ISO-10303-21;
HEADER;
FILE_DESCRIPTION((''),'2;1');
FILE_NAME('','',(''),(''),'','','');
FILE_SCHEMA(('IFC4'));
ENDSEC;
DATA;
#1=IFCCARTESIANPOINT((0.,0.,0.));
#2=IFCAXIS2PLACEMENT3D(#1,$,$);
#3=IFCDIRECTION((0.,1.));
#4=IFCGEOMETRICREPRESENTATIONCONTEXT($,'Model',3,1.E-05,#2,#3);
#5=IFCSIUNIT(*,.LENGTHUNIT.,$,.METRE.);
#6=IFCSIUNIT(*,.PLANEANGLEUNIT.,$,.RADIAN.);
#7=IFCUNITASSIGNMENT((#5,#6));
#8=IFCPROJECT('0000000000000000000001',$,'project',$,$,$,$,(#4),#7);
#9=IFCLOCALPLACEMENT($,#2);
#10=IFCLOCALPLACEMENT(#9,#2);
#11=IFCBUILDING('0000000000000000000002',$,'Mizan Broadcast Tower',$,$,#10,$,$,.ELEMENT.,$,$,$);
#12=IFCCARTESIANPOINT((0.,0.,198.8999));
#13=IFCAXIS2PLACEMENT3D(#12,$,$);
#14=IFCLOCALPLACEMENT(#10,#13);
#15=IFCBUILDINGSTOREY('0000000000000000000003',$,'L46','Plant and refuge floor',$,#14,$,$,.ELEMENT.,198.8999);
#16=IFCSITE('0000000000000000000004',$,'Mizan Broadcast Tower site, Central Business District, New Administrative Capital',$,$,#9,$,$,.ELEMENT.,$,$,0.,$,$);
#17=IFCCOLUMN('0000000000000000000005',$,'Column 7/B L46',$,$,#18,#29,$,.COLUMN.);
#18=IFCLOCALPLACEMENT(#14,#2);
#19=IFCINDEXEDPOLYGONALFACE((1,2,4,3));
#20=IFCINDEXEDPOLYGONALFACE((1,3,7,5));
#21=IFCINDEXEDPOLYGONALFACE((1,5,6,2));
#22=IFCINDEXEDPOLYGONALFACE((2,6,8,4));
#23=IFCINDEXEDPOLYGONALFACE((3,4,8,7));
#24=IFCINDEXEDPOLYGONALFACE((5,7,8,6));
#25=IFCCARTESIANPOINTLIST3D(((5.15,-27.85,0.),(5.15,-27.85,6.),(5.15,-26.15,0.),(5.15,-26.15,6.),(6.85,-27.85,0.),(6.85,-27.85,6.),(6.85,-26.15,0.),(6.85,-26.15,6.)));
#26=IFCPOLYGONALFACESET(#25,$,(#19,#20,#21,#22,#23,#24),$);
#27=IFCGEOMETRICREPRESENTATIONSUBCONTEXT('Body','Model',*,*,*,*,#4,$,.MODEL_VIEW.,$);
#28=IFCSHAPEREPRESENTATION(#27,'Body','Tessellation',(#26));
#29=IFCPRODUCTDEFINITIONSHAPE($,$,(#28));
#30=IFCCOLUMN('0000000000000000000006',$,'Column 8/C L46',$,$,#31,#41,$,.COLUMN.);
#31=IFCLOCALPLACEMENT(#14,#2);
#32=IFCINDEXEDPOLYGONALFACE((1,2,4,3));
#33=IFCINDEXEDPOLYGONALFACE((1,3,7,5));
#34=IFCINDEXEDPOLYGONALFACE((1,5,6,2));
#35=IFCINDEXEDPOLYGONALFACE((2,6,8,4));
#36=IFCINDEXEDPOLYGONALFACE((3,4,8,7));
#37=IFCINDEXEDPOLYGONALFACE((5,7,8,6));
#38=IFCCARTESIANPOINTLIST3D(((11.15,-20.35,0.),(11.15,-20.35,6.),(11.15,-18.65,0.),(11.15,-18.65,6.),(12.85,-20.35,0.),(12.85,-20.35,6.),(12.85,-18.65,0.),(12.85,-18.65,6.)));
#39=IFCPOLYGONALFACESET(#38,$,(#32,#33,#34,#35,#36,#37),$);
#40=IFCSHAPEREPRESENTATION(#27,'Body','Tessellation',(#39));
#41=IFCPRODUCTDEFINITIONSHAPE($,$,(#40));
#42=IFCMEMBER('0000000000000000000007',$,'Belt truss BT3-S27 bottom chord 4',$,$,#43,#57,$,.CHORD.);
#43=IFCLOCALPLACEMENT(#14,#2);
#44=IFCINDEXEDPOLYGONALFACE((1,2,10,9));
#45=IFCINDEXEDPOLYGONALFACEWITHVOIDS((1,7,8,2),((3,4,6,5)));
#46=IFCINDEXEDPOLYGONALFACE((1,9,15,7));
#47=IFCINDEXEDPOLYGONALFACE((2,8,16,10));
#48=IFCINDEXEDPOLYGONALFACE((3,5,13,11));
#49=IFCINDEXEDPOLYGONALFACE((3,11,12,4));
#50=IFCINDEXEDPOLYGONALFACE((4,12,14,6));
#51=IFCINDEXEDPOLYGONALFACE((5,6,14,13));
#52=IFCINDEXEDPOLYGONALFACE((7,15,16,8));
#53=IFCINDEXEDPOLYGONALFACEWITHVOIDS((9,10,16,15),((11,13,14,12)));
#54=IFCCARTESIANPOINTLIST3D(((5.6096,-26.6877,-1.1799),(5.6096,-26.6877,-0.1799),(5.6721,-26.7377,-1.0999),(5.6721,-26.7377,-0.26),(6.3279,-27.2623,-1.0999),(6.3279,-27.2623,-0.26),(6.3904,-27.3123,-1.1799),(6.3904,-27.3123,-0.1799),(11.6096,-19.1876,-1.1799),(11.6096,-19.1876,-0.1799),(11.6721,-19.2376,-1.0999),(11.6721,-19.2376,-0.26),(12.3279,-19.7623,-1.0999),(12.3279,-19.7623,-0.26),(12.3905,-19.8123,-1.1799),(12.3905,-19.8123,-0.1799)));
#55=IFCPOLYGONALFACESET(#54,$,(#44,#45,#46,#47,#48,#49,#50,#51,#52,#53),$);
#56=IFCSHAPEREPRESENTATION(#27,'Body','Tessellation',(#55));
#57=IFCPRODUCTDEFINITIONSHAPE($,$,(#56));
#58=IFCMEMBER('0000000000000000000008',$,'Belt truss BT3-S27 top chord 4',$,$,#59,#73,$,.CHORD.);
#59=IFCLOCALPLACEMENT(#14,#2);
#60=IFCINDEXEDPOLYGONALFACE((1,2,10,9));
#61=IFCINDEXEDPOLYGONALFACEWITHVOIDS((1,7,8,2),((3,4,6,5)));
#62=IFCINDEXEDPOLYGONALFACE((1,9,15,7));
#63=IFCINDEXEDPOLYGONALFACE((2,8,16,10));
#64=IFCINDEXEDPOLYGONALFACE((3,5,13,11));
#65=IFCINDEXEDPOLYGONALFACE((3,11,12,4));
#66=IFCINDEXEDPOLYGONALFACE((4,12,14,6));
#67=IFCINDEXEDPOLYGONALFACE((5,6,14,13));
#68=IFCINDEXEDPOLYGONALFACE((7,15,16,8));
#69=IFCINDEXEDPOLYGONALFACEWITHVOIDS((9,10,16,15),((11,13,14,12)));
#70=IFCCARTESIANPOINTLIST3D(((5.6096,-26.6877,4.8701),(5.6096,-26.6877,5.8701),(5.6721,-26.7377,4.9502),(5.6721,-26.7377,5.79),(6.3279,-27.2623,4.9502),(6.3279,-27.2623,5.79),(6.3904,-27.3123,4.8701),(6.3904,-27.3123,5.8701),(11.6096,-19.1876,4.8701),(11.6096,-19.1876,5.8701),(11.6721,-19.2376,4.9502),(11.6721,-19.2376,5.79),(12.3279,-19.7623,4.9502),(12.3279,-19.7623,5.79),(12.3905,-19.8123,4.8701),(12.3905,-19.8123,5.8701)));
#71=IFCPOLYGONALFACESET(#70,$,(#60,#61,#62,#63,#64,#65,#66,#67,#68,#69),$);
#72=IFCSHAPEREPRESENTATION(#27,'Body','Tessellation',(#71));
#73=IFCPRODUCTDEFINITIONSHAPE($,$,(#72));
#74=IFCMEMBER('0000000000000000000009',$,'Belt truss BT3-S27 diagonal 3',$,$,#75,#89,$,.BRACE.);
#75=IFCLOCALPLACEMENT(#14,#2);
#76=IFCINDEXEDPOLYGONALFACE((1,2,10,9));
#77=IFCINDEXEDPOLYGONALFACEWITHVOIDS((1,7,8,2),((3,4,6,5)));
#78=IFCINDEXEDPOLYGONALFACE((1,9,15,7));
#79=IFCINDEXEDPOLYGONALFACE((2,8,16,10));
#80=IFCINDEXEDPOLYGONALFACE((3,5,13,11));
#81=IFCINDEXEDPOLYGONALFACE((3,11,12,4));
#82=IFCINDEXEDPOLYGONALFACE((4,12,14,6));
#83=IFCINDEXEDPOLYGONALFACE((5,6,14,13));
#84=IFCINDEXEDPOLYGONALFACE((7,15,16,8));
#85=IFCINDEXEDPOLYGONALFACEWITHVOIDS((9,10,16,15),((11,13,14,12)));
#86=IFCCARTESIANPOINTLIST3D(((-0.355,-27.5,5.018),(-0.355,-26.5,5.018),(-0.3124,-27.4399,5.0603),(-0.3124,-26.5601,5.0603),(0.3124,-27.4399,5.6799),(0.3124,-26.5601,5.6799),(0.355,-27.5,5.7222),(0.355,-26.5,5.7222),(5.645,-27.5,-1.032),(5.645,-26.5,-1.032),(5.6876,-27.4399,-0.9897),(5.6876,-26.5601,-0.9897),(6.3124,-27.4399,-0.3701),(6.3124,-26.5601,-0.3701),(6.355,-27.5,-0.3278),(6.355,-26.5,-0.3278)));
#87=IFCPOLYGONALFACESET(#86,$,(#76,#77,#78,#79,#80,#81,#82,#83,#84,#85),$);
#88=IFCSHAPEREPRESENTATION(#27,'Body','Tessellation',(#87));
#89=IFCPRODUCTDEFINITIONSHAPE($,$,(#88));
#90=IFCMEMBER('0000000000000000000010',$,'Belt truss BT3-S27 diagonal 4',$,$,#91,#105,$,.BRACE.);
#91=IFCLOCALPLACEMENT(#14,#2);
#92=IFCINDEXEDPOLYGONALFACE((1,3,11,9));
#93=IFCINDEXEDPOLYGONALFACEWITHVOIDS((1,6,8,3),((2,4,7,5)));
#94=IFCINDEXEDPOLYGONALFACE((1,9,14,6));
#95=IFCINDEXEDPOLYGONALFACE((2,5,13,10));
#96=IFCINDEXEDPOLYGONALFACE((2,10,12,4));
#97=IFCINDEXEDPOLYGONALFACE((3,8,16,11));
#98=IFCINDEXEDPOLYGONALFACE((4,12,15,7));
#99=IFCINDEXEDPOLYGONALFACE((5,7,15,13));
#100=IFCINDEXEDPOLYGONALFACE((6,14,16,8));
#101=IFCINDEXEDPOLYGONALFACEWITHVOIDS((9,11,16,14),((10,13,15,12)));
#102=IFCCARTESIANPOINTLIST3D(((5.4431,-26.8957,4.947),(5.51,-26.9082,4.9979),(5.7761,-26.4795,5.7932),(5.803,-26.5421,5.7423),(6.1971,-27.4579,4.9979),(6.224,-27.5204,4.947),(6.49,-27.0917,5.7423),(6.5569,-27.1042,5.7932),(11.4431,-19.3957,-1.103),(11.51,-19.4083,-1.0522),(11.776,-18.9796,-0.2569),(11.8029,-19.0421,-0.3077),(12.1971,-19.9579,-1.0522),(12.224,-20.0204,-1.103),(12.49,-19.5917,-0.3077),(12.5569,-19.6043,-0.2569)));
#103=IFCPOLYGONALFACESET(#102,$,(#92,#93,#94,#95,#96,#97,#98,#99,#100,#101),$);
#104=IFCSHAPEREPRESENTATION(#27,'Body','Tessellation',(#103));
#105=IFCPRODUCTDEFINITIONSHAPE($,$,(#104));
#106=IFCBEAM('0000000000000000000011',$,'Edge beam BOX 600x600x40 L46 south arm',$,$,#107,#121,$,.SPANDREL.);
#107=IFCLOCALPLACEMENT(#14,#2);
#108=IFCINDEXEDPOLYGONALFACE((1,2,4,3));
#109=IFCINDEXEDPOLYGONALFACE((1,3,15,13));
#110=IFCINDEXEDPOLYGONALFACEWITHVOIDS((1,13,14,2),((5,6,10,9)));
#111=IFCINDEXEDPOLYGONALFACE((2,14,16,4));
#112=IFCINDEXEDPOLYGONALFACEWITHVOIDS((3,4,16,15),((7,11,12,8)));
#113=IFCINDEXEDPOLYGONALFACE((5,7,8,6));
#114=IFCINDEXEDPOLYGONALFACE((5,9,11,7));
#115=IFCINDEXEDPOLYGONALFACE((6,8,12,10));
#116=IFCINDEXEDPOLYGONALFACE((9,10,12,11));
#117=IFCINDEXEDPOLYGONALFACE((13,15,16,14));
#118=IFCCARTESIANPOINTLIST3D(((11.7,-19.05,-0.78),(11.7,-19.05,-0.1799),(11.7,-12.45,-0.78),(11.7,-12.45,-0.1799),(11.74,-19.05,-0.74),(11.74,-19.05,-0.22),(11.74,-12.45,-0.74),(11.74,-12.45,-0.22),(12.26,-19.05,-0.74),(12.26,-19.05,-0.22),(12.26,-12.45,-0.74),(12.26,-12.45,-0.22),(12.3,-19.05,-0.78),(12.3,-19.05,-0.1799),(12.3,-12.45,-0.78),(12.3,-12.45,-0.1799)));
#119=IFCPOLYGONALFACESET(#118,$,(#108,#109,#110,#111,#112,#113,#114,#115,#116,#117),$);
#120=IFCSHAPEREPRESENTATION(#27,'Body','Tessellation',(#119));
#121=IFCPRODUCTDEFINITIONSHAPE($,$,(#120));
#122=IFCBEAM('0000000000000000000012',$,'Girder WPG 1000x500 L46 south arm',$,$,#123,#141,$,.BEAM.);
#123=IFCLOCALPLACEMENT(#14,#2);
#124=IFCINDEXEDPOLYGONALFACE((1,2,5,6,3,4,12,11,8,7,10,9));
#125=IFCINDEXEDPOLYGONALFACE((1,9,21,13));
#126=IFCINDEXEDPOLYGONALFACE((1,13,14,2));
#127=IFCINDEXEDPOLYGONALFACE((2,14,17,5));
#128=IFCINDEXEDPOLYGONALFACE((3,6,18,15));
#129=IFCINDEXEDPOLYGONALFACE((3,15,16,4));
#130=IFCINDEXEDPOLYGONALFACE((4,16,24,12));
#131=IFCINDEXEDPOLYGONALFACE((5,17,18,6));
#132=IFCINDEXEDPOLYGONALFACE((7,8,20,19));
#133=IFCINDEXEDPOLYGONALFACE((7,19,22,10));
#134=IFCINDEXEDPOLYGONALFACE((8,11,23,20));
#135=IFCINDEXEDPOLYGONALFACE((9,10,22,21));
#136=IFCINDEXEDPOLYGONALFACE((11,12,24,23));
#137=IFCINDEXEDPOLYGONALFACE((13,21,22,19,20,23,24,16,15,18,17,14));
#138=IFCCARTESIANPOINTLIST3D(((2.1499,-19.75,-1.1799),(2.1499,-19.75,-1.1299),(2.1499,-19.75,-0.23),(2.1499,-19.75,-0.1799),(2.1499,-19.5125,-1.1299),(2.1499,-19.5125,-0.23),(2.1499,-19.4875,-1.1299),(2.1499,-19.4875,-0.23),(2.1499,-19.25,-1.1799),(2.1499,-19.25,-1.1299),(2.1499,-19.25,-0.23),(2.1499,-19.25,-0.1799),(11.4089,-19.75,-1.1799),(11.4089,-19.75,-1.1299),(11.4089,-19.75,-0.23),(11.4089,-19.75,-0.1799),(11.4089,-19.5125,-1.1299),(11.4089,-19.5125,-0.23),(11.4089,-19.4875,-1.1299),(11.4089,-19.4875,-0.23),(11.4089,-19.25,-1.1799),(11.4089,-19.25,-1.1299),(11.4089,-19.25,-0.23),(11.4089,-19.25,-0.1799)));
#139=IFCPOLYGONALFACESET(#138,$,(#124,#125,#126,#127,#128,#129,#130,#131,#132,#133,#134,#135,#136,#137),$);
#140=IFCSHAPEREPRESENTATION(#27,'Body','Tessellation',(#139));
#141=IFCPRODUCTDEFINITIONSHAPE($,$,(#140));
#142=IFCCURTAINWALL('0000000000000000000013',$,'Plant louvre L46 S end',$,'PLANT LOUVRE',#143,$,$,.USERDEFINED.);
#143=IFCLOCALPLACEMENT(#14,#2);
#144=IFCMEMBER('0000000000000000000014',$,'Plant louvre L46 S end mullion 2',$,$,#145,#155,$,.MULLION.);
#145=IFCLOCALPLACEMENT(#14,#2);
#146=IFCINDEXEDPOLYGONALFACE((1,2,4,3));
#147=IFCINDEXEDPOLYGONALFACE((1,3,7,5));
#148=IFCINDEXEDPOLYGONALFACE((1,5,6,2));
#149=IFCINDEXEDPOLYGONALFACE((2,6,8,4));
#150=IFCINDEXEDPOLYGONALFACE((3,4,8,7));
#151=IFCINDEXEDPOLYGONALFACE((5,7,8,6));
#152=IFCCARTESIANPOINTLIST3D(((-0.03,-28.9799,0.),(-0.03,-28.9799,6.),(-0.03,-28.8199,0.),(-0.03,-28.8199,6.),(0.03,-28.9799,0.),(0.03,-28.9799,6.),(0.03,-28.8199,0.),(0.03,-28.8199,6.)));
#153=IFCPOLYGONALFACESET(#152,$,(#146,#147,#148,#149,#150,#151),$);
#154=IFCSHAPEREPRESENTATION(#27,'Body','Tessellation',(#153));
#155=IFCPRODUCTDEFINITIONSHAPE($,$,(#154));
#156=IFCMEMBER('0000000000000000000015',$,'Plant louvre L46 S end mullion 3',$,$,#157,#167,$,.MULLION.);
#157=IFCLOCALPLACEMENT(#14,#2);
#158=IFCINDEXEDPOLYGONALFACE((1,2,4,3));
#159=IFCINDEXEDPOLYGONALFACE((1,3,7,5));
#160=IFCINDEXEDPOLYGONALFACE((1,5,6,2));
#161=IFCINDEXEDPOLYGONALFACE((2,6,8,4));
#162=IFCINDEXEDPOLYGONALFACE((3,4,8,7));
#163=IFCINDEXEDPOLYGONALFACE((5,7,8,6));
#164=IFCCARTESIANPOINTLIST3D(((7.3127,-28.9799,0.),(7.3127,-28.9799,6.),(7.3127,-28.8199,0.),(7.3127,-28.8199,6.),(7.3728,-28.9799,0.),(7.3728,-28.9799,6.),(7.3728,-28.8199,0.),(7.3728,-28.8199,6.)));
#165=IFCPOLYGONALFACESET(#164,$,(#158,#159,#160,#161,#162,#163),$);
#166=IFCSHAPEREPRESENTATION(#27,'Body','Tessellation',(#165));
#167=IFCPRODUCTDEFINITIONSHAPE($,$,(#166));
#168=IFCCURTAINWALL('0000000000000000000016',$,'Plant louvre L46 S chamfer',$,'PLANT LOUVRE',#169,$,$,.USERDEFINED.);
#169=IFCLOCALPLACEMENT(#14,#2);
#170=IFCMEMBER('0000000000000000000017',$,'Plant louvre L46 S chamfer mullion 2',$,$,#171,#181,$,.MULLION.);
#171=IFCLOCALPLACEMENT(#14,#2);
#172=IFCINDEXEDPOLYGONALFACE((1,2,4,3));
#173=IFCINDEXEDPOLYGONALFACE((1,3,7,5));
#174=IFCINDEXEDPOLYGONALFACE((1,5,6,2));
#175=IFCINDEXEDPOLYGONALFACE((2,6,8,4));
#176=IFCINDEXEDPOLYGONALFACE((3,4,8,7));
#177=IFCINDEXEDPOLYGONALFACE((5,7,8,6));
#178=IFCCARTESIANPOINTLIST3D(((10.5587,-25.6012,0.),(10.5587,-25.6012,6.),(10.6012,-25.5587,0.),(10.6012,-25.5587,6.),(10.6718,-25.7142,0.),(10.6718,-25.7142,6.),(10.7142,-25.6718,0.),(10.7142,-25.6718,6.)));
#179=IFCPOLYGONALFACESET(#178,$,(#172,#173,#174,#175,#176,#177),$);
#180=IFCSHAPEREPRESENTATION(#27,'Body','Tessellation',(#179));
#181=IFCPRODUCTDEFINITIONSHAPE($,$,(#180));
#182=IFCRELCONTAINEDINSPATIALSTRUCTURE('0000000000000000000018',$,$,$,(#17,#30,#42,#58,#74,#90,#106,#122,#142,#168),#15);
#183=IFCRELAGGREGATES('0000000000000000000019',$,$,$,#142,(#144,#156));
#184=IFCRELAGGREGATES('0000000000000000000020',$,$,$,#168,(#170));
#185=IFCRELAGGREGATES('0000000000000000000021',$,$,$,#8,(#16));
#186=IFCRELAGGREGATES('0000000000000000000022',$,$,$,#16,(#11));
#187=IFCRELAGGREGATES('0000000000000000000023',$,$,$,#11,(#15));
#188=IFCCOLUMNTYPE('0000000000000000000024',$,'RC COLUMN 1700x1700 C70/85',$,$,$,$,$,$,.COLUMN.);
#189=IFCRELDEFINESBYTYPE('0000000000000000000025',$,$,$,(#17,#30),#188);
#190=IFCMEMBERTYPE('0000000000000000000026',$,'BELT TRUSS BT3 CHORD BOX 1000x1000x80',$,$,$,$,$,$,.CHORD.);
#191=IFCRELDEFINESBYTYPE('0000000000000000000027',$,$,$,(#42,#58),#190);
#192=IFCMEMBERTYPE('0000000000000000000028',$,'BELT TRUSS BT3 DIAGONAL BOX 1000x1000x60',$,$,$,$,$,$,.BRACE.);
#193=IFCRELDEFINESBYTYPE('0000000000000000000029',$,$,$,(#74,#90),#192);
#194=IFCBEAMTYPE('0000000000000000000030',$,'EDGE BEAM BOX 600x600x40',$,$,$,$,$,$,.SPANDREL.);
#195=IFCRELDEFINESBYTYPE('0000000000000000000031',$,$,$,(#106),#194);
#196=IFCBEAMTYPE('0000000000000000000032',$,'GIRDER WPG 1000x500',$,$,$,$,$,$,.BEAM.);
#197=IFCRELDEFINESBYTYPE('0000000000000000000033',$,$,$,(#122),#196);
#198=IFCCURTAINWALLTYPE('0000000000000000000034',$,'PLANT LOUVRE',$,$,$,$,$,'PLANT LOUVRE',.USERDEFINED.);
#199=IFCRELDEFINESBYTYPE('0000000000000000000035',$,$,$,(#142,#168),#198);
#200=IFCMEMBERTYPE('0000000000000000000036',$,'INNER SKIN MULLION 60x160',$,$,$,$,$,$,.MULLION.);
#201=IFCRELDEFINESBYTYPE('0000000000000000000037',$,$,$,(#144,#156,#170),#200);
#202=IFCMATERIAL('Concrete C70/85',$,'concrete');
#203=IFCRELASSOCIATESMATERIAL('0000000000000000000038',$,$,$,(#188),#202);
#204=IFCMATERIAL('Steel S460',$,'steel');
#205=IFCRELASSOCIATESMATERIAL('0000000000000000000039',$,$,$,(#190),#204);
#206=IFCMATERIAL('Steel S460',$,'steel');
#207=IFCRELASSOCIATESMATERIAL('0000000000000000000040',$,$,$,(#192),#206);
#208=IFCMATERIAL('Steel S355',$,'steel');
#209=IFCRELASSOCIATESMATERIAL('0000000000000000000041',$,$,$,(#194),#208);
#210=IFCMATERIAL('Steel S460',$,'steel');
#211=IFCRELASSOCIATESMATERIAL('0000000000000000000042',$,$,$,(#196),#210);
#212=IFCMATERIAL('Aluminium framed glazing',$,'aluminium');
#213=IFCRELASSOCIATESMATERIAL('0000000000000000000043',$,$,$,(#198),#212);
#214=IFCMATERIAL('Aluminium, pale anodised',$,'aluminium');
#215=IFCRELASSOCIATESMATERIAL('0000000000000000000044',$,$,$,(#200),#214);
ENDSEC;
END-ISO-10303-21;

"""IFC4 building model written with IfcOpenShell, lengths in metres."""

from ifc_helpers import new_model, si_unit, direction, frame, origin, origin_2d, place, context, subcontext, project, spatial, rectangle, hollow_rectangle, i_section, extrude, material, material_profile, profile_set, type_object, element, aggregate, save


model = new_model("IFC4")

# Units and contexts
model_context = context("Model", 3, precision=1e-05, world=origin(), true_north=direction((0.0, 1.0)))
body_context = subcontext(model_context, "Body", "Model", "MODEL_VIEW")
ifc_project = project(units=[si_unit("LENGTHUNIT", "METRE"), si_unit("PLANEANGLEUNIT", "RADIAN")], contexts=[model_context])

# Site, building, storey
site_placement = place(None, origin())
site = spatial("IfcSite", under=ifc_project, at=site_placement, Name="Mizan Broadcast Tower site, Central Business District, New Administrative Capital", CompositionType="ELEMENT", RefElevation=0.0)
building_placement = place(site_placement, origin())
building = spatial("IfcBuilding", under=site, at=building_placement, Name="Mizan Broadcast Tower", CompositionType="ELEMENT")
storey_placement = place(building_placement, frame((0.0, 0.0, 198.8999)))
storey = spatial("IfcBuildingStorey", under=building, at=storey_placement, Name="L46", Description="Plant and refuge floor", CompositionType="ELEMENT", Elevation=198.8999)

# Columns
ifc_material_1 = material(Name="Concrete C70/85", Category="concrete")
ifc_material_profile_1 = material_profile(ifc_material_1, rectangle(XDim=1.7, YDim=1.7, at=origin_2d()), Name="RC 1700x1700")
ifc_profile_set_1 = profile_set([ifc_material_profile_1], Name="Concrete C70/85")
column_type = type_object("IfcColumnType", Name="RC COLUMN 1700x1700 C70/85", PredefinedType="COLUMN", material=ifc_profile_set_1)
for number, where, z_axis, x_axis, name in (
    (1, (6.0, -27.0, 0.0), (0.0, 0.0, 1.0), (1.0, 0.0, 0.0), "Column 7/B L46"),
    (2, (12.0, -19.5, 0.0), (0.0, 0.0, 1.0), (1.0, 0.0, 0.0), "Column 8/C L46"),
):
    element("IfcColumn", number, at=place(storey_placement, frame(where, z_axis=z_axis, x_axis=x_axis)), inside=storey, type_object=column_type, Name=name, PredefinedType="COLUMN", context=body_context, shape_type="SweptSolid", body=[
        extrude(rectangle(XDim=1.7, YDim=1.7, at=origin_2d()), origin(), (0.0, 0.0, 1.0), 6.0),
    ])

# Members
ifc_material_2 = material(Name="Steel S460", Category="steel")
ifc_material_profile_2 = material_profile(ifc_material_2, hollow_rectangle(XDim=1.0, YDim=1.0, WallThickness=0.0801, at=origin_2d()), Name="BOX 1000x1000x80")
ifc_profile_set_2 = profile_set([ifc_material_profile_2], Name="Steel S460")
member_type_1 = type_object("IfcMemberType", Name="BELT TRUSS BT3 CHORD BOX 1000x1000x80", PredefinedType="CHORD", material=ifc_profile_set_2)
for number, where, z_axis, x_axis, name in (
    (3, (6.0, -27.0, -0.6799), (0.624695, 0.780869, 0.0), (-0.780869, 0.624695, 0.0), "Belt truss BT3-S27 bottom chord 4"),
    (4, (6.0, -27.0, 5.3701), (0.624695, 0.780869, 0.0), (-0.780869, 0.624695, 0.0), "Belt truss BT3-S27 top chord 4"),
):
    element("IfcMember", number, at=place(storey_placement, frame(where, z_axis=z_axis, x_axis=x_axis)), inside=storey, type_object=member_type_1, Name=name, PredefinedType="CHORD", context=body_context, shape_type="SweptSolid", body=[
        extrude(hollow_rectangle(XDim=1.0, YDim=1.0, WallThickness=0.0801, at=origin_2d()), origin(), (0.0, 0.0, 1.0), 9.6047),
    ])
ifc_material_3 = material(Name="Steel S460", Category="steel")
ifc_material_profile_3 = material_profile(ifc_material_3, hollow_rectangle(XDim=1.0, YDim=1.0, WallThickness=0.0601, at=origin_2d()), Name="BOX 1000x1000x60")
ifc_profile_set_3 = profile_set([ifc_material_profile_3], Name="Steel S460")
member_type_2 = type_object("IfcMemberType", Name="BELT TRUSS BT3 DIAGONAL BOX 1000x1000x60", PredefinedType="BRACE", material=ifc_profile_set_3)
member_1_placement = place(storey_placement, frame((6.0, -27.0, -0.6799), z_axis=(-0.704164, 0.0, 0.710038), x_axis=(0.0, -1.0, 0.0)))
element("IfcMember", 5, at=member_1_placement, inside=storey, type_object=member_type_2, Name="Belt truss BT3-S27 diagonal 3", PredefinedType="BRACE", context=body_context, shape_type="SweptSolid", body=[
    extrude(hollow_rectangle(XDim=1.0, YDim=1.0, WallThickness=0.0601, at=origin_2d()), origin(), (0.0, 0.0, 1.0), 8.5208),
])
member_2_placement = place(storey_placement, frame((12.0, -19.5, -0.6799), z_axis=(-0.528572, -0.660715, 0.532981), x_axis=(0.780869, -0.624695, 0.0)))
element("IfcMember", 6, at=member_2_placement, inside=storey, type_object=member_type_2, Name="Belt truss BT3-S27 diagonal 4", PredefinedType="BRACE", context=body_context, shape_type="SweptSolid", body=[
    extrude(hollow_rectangle(XDim=1.0, YDim=1.0, WallThickness=0.0601, at=origin_2d()), origin(), (0.0, 0.0, 1.0), 11.3513),
])

# Beams
ifc_material_4 = material(Name="Steel S355", Category="steel")
ifc_material_profile_4 = material_profile(ifc_material_4, hollow_rectangle(XDim=0.6001, YDim=0.6001, WallThickness=0.04, at=origin_2d()), Name="BOX 600x600x40")
ifc_profile_set_4 = profile_set([ifc_material_profile_4], Name="Steel S355")
beam_type_1 = type_object("IfcBeamType", Name="EDGE BEAM BOX 600x600x40", PredefinedType="SPANDREL", material=ifc_profile_set_4)
beam_1_placement = place(storey_placement, frame((12.0, -12.45, -0.48), z_axis=(0.0, -1.0, 0.0), x_axis=(1.0, 0.0, 0.0)))
element("IfcBeam", 7, at=beam_1_placement, inside=storey, type_object=beam_type_1, Name="Edge beam BOX 600x600x40 L46 south arm", PredefinedType="SPANDREL", context=body_context, shape_type="SweptSolid", body=[
    extrude(hollow_rectangle(XDim=0.6001, YDim=0.6001, WallThickness=0.04, at=origin_2d()), origin(), (0.0, 0.0, 1.0), 6.6001),
])
ifc_material_5 = material(Name="Steel S460", Category="steel")
ifc_material_profile_5 = material_profile(ifc_material_5, i_section(OverallWidth=0.5, OverallDepth=1.0, WebThickness=0.0249, FlangeThickness=0.05, at=origin_2d()), Name="WPG 1000x500")
ifc_profile_set_5 = profile_set([ifc_material_profile_5], Name="Steel S460")
beam_type_2 = type_object("IfcBeamType", Name="GIRDER WPG 1000x500", PredefinedType="BEAM", material=ifc_profile_set_5)
beam_2_placement = place(storey_placement, frame((11.4089, -19.5, -0.6799), z_axis=(-1.0, 0.0, 0.0), x_axis=(0.0, -1.0, 0.0)))
element("IfcBeam", 8, at=beam_2_placement, inside=storey, type_object=beam_type_2, Name="Girder WPG 1000x500 L46 south arm", PredefinedType="BEAM", context=body_context, shape_type="SweptSolid", body=[
    extrude(i_section(OverallWidth=0.5, OverallDepth=1.0, WebThickness=0.0249, FlangeThickness=0.05, at=origin_2d()), origin(), (0.0, 0.0, 1.0), 9.259),
])

# Curtain wall, members
ifc_material_6 = material(Name="Aluminium framed glazing", Category="aluminium")
curtain_wall_type = type_object("IfcCurtainWallType", Name="PLANT LOUVRE", ElementType="PLANT LOUVRE", PredefinedType="USERDEFINED", material=ifc_material_6)
curtain_wall_1_placement = place(storey_placement, origin())
curtain_wall_1 = element("IfcCurtainWall", 9, at=curtain_wall_1_placement, inside=storey, type_object=curtain_wall_type, Name="Plant louvre L46 S end", ObjectType="PLANT LOUVRE", PredefinedType="USERDEFINED")
ifc_material_7 = material(Name="Aluminium, pale anodised", Category="aluminium")
ifc_material_profile_6 = material_profile(ifc_material_7, rectangle(XDim=0.1599, YDim=0.0601, at=origin_2d()), Name="MULLION 160x60")
ifc_profile_set_6 = profile_set([ifc_material_profile_6], Name="Aluminium, pale anodised")
member_type_3 = type_object("IfcMemberType", Name="INNER SKIN MULLION 60x160", PredefinedType="MULLION", material=ifc_profile_set_6)
member_3_placement = place(storey_placement, frame((0.0, -28.8999, 0.0), z_axis=(0.0, 0.0, 1.0), x_axis=(0.0, 1.0, 0.0)))
member_3 = element("IfcMember", 10, at=member_3_placement, type_object=member_type_3, Name="Plant louvre L46 S end mullion 2", PredefinedType="MULLION", context=body_context, shape_type="SweptSolid", body=[
    extrude(rectangle(XDim=0.1599, YDim=0.0601, at=origin_2d()), origin(), (0.0, 0.0, 1.0), 6.0),
])
member_4_placement = place(storey_placement, frame((7.3428, -28.8999, 0.0), z_axis=(0.0, 0.0, 1.0), x_axis=(0.0, 1.0, 0.0)))
member_4 = element("IfcMember", 11, at=member_4_placement, type_object=member_type_3, Name="Plant louvre L46 S end mullion 3", PredefinedType="MULLION", context=body_context, shape_type="SweptSolid", body=[
    extrude(rectangle(XDim=0.1599, YDim=0.0601, at=origin_2d()), origin(), (0.0, 0.0, 1.0), 6.0),
])

# Curtain wall, member
curtain_wall_2_placement = place(storey_placement, origin())
curtain_wall_2 = element("IfcCurtainWall", 12, at=curtain_wall_2_placement, inside=storey, type_object=curtain_wall_type, Name="Plant louvre L46 S chamfer", ObjectType="PLANT LOUVRE", PredefinedType="USERDEFINED")
member_5_placement = place(storey_placement, frame((10.6365, -25.6365, 0.0), z_axis=(0.0, 0.0, 1.0), x_axis=(-0.707107, 0.707107, 0.0)))
member_5 = element("IfcMember", 13, at=member_5_placement, type_object=member_type_3, Name="Plant louvre L46 S chamfer mullion 2", PredefinedType="MULLION", context=body_context, shape_type="SweptSolid", body=[
    extrude(rectangle(XDim=0.1599, YDim=0.0601, at=origin_2d()), origin(), (0.0, 0.0, 1.0), 6.0),
])

aggregate(curtain_wall_1, [member_3, member_4])
aggregate(curtain_wall_2, [member_5])

save(model, "model.ifc")
